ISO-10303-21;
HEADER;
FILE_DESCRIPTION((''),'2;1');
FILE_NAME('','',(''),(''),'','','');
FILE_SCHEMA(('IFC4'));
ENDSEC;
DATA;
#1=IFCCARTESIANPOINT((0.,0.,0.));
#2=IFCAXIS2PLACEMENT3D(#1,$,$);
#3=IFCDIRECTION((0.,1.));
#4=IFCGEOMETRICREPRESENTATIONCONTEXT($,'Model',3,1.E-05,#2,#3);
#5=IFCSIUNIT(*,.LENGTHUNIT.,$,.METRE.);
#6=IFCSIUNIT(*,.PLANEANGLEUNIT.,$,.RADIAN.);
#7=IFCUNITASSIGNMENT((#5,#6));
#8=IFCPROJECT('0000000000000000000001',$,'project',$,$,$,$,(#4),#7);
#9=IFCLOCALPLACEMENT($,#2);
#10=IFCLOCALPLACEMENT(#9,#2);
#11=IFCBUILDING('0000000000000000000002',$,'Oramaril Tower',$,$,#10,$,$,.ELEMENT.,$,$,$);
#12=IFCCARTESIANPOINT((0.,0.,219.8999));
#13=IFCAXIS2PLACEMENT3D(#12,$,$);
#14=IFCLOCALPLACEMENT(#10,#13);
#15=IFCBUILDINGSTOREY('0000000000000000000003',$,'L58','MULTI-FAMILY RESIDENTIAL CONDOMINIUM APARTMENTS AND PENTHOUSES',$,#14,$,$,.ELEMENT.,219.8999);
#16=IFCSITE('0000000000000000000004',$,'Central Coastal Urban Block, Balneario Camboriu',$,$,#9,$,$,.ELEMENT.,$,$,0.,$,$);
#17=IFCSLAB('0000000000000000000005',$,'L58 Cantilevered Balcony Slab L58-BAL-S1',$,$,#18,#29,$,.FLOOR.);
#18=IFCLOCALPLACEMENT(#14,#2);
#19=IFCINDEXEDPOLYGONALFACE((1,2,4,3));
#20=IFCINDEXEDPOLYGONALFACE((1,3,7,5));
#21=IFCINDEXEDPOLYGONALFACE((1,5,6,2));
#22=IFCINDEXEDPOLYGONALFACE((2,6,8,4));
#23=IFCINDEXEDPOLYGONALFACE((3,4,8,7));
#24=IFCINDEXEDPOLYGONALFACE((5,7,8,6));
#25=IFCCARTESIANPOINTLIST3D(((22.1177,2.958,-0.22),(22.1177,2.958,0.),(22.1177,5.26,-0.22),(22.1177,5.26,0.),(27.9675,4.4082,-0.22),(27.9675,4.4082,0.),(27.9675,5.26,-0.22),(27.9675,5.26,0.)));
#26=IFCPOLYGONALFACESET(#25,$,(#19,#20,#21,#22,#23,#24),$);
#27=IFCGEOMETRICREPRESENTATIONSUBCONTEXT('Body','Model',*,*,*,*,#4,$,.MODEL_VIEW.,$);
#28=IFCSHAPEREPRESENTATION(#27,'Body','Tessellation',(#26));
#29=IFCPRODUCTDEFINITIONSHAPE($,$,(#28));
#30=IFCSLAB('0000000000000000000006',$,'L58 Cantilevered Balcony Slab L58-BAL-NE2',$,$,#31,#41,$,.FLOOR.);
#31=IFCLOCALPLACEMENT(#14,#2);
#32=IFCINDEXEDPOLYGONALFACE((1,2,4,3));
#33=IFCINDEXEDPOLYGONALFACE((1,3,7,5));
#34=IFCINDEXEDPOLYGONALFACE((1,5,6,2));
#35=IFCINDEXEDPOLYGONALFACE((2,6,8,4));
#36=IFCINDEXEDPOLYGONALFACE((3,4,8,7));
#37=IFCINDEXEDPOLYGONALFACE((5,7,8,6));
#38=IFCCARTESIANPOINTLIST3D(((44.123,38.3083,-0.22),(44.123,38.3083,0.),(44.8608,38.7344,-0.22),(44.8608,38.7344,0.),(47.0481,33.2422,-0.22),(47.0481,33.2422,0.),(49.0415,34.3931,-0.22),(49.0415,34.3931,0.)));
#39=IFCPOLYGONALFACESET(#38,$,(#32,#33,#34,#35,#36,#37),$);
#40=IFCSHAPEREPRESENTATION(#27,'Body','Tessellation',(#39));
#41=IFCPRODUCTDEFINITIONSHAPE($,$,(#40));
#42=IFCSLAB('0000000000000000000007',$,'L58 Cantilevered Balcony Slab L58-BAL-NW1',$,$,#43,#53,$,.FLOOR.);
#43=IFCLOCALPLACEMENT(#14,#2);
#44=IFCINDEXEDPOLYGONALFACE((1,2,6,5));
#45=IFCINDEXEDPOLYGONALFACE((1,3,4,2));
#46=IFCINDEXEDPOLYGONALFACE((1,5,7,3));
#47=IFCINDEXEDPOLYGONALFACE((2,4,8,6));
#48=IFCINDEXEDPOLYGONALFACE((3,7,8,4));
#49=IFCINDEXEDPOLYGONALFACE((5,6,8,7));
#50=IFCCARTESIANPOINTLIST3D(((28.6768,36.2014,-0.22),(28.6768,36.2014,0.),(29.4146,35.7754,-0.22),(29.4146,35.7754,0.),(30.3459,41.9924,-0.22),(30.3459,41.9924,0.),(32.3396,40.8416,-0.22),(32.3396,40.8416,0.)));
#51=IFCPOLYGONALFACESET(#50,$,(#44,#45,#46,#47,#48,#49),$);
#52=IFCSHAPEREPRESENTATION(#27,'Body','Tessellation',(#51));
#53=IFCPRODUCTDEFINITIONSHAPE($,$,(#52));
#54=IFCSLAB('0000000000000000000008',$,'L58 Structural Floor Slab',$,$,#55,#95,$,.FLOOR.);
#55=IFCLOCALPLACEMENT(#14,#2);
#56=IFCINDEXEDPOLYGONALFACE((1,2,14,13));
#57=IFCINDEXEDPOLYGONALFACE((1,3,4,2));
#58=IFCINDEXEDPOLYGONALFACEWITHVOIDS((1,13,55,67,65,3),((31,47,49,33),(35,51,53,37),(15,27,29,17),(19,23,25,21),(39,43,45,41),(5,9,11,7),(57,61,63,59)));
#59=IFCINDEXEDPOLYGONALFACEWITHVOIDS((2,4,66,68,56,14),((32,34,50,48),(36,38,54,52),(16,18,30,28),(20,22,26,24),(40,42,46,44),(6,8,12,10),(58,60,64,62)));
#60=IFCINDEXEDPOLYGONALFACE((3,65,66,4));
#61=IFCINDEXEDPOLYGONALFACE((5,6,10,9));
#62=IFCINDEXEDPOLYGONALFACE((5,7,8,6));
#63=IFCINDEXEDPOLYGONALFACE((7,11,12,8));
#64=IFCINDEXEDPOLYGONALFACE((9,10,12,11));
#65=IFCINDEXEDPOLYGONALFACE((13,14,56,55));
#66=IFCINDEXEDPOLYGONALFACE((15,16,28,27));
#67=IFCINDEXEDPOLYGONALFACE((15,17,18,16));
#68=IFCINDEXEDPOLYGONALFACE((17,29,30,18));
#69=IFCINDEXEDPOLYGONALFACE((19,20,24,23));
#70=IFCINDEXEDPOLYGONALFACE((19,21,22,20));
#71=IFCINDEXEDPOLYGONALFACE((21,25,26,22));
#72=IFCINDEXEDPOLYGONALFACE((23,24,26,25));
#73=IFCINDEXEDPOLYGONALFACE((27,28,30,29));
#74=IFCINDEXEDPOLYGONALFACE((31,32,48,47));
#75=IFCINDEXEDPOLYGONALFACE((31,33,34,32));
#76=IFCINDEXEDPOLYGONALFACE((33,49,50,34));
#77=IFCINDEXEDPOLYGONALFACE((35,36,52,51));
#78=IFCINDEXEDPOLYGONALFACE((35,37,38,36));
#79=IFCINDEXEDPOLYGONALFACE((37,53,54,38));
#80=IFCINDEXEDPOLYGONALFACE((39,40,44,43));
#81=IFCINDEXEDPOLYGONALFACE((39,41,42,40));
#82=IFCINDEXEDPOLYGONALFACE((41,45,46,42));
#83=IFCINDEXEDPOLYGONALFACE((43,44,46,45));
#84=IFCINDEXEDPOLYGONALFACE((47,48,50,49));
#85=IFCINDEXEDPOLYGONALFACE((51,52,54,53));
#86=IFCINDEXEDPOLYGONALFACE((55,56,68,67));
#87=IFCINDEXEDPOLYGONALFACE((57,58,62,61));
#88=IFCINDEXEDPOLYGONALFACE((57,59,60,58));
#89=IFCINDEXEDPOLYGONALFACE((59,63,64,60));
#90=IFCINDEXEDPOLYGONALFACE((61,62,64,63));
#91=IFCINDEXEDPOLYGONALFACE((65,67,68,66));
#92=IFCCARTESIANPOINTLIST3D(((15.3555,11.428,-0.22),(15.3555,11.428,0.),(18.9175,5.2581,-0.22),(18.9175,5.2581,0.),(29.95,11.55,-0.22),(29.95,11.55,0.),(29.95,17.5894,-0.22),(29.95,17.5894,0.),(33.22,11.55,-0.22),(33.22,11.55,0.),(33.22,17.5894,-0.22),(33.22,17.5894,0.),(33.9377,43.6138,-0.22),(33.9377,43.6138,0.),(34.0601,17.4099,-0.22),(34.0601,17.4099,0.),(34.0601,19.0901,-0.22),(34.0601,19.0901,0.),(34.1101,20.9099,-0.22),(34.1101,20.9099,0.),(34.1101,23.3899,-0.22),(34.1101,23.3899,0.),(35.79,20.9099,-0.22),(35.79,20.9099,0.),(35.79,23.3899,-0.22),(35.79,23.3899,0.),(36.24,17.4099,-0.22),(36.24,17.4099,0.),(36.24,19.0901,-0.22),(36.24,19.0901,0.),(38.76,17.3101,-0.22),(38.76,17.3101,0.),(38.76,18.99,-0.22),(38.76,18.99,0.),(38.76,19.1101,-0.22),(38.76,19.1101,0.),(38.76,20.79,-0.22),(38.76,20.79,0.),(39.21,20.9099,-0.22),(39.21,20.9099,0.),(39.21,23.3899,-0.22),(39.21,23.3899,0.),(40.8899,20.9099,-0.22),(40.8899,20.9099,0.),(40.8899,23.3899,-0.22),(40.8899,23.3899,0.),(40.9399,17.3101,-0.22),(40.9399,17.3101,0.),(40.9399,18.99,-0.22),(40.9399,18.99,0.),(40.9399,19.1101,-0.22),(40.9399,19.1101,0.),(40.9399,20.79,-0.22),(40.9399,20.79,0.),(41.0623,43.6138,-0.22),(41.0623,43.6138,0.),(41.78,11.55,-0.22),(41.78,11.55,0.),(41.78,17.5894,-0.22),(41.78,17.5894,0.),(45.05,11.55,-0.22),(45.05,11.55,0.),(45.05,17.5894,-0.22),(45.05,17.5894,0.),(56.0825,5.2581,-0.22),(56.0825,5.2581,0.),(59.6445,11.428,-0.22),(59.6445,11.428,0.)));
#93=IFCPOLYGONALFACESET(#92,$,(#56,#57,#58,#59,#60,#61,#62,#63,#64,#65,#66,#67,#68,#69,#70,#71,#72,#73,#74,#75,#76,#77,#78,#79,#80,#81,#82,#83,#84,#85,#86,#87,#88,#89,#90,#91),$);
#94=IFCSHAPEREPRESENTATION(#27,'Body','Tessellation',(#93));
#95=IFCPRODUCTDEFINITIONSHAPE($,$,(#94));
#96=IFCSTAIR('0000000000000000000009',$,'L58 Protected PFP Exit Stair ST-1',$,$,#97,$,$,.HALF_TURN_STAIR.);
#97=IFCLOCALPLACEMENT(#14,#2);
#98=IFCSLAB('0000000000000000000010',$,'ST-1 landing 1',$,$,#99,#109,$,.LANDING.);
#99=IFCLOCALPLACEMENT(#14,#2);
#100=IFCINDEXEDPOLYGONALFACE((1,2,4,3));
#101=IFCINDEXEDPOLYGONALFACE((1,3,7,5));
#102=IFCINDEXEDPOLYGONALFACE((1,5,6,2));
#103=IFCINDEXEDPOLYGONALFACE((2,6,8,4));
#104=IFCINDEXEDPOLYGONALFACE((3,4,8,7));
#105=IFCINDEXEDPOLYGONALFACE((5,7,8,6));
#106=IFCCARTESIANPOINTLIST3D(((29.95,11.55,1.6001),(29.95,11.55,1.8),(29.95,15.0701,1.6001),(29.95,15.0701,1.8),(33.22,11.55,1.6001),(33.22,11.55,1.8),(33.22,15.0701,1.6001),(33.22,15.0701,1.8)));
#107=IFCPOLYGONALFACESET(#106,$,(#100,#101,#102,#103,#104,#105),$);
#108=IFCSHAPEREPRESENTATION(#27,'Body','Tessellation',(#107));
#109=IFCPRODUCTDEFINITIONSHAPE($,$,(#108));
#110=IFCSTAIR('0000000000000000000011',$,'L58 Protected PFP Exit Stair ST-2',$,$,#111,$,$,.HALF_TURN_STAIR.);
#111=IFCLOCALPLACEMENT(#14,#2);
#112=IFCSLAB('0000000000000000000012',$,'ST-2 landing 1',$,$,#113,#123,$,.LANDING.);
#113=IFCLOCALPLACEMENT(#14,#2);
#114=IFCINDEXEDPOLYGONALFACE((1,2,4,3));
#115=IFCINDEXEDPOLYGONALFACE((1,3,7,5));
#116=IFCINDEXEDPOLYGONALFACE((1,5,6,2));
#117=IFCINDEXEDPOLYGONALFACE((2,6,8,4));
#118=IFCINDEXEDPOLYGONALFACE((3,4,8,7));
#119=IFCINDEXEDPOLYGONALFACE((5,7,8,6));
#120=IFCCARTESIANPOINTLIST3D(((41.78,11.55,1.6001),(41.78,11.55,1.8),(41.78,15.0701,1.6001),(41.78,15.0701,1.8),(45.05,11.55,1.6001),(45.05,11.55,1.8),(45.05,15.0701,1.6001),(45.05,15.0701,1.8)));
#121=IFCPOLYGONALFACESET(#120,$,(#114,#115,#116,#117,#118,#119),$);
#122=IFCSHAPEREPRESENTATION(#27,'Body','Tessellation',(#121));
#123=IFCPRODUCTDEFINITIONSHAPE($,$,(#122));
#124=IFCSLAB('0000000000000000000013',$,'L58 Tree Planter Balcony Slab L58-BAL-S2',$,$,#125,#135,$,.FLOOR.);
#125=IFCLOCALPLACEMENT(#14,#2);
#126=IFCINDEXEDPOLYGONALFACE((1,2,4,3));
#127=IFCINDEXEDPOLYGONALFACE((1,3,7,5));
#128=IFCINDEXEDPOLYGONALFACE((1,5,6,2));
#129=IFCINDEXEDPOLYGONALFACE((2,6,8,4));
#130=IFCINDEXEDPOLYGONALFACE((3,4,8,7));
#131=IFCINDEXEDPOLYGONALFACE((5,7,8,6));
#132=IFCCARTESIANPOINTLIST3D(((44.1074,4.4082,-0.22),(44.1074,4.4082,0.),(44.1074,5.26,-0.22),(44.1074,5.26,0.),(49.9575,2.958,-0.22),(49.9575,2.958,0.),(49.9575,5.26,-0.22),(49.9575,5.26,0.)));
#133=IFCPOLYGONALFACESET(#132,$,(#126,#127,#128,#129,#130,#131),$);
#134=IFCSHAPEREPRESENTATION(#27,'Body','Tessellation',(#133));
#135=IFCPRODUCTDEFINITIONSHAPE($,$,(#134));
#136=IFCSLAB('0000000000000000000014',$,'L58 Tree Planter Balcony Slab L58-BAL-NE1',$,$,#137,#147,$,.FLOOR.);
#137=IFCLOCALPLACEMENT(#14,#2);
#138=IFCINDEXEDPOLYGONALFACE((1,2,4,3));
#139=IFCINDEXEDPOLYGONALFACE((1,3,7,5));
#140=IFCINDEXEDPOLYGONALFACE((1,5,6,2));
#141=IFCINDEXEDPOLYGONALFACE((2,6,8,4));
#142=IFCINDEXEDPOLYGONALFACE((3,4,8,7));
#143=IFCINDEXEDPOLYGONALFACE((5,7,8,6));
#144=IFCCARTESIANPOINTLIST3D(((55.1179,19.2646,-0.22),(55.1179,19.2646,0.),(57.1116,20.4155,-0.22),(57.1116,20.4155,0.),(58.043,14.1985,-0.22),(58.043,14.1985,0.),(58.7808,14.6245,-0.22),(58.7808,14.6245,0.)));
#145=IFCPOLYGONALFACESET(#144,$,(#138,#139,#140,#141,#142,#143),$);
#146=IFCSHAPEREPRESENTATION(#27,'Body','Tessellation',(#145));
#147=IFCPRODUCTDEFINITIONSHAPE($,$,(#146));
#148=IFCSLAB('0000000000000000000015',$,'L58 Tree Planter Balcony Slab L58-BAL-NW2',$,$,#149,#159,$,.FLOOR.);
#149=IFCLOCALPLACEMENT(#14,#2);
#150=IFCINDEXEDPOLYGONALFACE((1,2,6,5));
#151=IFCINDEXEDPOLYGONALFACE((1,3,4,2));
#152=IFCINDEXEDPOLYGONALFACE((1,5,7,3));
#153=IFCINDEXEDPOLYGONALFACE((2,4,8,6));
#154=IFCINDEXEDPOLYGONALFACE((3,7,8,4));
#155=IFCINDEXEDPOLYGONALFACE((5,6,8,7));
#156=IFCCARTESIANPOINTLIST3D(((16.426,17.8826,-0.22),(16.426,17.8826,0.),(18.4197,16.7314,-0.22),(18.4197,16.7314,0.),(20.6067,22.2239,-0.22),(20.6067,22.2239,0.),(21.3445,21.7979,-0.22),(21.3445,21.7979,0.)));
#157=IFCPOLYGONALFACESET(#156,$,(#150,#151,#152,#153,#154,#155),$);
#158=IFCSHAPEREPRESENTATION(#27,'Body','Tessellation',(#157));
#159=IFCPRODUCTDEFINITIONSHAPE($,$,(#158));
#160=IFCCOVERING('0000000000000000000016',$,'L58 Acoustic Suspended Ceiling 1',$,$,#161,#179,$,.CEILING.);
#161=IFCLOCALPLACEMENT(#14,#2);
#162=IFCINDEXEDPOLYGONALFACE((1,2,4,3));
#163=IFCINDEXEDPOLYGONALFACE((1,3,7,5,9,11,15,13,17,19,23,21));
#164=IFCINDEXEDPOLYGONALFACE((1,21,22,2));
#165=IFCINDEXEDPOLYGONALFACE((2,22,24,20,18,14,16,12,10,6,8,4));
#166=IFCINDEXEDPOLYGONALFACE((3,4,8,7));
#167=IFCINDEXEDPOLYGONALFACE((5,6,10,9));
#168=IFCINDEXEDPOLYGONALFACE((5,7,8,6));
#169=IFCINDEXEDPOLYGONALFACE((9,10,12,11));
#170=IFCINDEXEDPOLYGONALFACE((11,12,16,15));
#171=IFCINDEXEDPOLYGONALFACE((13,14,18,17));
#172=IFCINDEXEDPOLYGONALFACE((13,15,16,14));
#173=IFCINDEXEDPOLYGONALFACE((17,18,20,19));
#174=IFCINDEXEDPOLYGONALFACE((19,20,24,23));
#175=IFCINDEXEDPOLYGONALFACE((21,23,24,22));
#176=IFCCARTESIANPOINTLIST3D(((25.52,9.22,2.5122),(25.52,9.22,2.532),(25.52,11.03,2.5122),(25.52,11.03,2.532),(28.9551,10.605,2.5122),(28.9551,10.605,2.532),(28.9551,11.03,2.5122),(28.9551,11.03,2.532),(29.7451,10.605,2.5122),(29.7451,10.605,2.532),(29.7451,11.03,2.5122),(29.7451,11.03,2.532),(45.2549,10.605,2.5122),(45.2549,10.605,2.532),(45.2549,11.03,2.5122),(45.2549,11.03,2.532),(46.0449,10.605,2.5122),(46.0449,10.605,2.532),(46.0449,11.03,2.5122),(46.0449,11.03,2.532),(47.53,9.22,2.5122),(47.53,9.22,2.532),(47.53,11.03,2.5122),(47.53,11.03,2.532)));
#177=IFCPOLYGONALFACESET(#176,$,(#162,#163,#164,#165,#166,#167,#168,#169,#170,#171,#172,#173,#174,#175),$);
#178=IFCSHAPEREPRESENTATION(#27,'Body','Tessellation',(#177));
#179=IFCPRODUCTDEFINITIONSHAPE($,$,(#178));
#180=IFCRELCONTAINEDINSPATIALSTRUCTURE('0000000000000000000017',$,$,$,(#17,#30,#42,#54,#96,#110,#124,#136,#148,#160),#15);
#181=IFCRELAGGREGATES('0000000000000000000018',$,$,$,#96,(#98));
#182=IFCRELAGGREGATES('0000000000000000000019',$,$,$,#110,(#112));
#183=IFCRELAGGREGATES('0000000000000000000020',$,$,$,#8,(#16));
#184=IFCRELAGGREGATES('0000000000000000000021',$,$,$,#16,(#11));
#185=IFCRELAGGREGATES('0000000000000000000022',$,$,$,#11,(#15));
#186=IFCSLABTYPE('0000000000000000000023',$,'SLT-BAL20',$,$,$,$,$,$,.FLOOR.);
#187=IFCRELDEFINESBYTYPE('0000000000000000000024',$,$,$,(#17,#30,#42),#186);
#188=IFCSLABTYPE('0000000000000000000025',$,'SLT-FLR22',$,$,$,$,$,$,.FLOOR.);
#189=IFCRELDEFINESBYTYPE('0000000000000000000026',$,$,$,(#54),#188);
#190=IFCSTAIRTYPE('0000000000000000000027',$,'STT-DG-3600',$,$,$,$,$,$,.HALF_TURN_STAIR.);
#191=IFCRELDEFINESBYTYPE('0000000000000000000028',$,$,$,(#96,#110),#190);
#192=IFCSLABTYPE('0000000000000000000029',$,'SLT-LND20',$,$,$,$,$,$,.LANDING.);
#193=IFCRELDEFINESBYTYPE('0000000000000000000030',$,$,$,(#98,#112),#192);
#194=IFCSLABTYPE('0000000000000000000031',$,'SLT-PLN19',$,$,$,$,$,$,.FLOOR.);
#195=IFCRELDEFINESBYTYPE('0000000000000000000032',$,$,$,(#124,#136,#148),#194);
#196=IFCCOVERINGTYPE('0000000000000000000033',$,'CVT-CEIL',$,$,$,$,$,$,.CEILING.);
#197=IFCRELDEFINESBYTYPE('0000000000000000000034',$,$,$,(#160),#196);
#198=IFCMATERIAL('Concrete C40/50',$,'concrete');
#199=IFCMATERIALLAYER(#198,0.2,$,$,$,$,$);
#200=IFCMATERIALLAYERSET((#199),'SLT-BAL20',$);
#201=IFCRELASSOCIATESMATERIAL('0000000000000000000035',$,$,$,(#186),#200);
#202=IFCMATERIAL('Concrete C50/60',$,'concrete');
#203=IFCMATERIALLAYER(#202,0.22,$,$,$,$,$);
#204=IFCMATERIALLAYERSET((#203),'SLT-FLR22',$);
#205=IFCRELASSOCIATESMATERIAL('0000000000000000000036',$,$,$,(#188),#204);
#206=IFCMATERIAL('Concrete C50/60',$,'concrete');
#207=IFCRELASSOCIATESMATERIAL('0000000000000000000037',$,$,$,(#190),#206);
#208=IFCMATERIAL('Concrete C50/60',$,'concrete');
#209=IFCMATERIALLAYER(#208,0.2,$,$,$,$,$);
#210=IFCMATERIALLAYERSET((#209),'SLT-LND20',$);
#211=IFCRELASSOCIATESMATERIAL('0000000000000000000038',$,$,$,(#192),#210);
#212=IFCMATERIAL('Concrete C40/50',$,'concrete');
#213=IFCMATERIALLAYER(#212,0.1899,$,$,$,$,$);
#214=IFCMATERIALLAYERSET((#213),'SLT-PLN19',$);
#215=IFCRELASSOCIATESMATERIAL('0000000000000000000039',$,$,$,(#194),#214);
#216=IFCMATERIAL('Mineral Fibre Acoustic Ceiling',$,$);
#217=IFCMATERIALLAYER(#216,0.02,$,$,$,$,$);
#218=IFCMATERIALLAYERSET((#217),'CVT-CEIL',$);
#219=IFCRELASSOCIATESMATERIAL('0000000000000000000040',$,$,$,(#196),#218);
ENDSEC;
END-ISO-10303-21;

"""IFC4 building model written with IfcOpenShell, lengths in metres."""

from ifc_helpers import new_model, si_unit, direction, frame, origin, place, context, subcontext, project, spatial, polyline, outline, extrude, material, layer, layer_set, type_object, element, aggregate, save


model = new_model("IFC4")

# Units and contexts
model_context = context("Model", 3, precision=1e-05, world=origin(), true_north=direction((0.0, 1.0)))
body_context = subcontext(model_context, "Body", "Model", "MODEL_VIEW")
ifc_project = project(units=[si_unit("LENGTHUNIT", "METRE"), si_unit("PLANEANGLEUNIT", "RADIAN")], contexts=[model_context])

# Site, building, storey
site_placement = place(None, origin())
site = spatial("IfcSite", under=ifc_project, at=site_placement, Name="Central Coastal Urban Block, Balneario Camboriu", CompositionType="ELEMENT", RefElevation=0.0)
building_placement = place(site_placement, origin())
building = spatial("IfcBuilding", under=site, at=building_placement, Name="Oramaril Tower", CompositionType="ELEMENT")
storey_placement = place(building_placement, frame((0.0, 0.0, 219.8999)))
storey = spatial("IfcBuildingStorey", under=building, at=storey_placement, Name="L58", Description="MULTI-FAMILY RESIDENTIAL CONDOMINIUM APARTMENTS AND PENTHOUSES", CompositionType="ELEMENT", Elevation=219.8999)

# Slabs
ifc_material_1 = material(Name="Concrete C40/50", Category="concrete")
ifc_layer_1 = layer(ifc_material_1, 0.2)
ifc_layer_set_1 = layer_set([ifc_layer_1], Name="SLT-BAL20")
slab_type_1 = type_object("IfcSlabType", Name="SLT-BAL20", PredefinedType="FLOOR", material=ifc_layer_set_1)
slab_1_placement = place(storey_placement, frame((0.0, 0.0, -0.22)))
element("IfcSlab", 1, at=slab_1_placement, inside=storey, type_object=slab_type_1, Name="L58 Cantilevered Balcony Slab L58-BAL-S1", PredefinedType="FLOOR", context=body_context, shape_type="SweptSolid", body=[
    extrude(outline(polyline([(22.1177, 5.26), (27.9675, 5.26), (27.9675, 4.4082), (22.1177, 2.958), (22.1177, 5.26)])), origin(), (0.0, 0.0, 1.0), 0.22),
])
slab_2_placement = place(storey_placement, frame((0.0, 0.0, -0.22)))
element("IfcSlab", 2, at=slab_2_placement, inside=storey, type_object=slab_type_1, Name="L58 Cantilevered Balcony Slab L58-BAL-NE2", PredefinedType="FLOOR", context=body_context, shape_type="SweptSolid", body=[
    extrude(outline(polyline([(47.0481, 33.2422), (44.123, 38.3083), (44.8608, 38.7344), (49.0415, 34.3931), (47.0481, 33.2422)])), origin(), (0.0, 0.0, 1.0), 0.22),
])
slab_3_placement = place(storey_placement, frame((0.0, 0.0, -0.22)))
element("IfcSlab", 3, at=slab_3_placement, inside=storey, type_object=slab_type_1, Name="L58 Cantilevered Balcony Slab L58-BAL-NW1", PredefinedType="FLOOR", context=body_context, shape_type="SweptSolid", body=[
    extrude(outline(polyline([(32.3396, 40.8416), (29.4146, 35.7754), (28.6768, 36.2014), (30.3459, 41.9924), (32.3396, 40.8416)])), origin(), (0.0, 0.0, 1.0), 0.22),
])
ifc_material_2 = material(Name="Concrete C50/60", Category="concrete")
ifc_layer_2 = layer(ifc_material_2, 0.22)
ifc_layer_set_2 = layer_set([ifc_layer_2], Name="SLT-FLR22")
slab_type_2 = type_object("IfcSlabType", Name="SLT-FLR22", PredefinedType="FLOOR", material=ifc_layer_set_2)
slab_4_placement = place(storey_placement, frame((0.0, 0.0, -0.22)))
element("IfcSlab", 4, at=slab_4_placement, inside=storey, type_object=slab_type_2, Name="L58 Structural Floor Slab", PredefinedType="FLOOR", context=body_context, shape_type="SweptSolid", body=[
    extrude(outline(polyline([(15.3555, 11.428), (18.9175, 5.2581), (56.0825, 5.2581), (59.6445, 11.428), (41.0623, 43.6138), (33.9377, 43.6138), (15.3555, 11.428)]), holes=[polyline([(29.95, 17.5894), (29.95, 11.55), (33.22, 11.55), (33.22, 17.5894), (29.95, 17.5894)]), polyline([(41.78, 17.5894), (41.78, 11.55), (45.05, 11.55), (45.05, 17.5894), (41.78, 17.5894)]), polyline([(34.1101, 20.9099), (35.79, 20.9099), (35.79, 23.3899), (34.1101, 23.3899), (34.1101, 20.9099)]), polyline([(39.21, 20.9099), (40.8899, 20.9099), (40.8899, 23.3899), (39.21, 23.3899), (39.21, 20.9099)]), polyline([(34.0601, 17.4099), (36.24, 17.4099), (36.24, 19.0901), (34.0601, 19.0901), (34.0601, 17.4099)]), polyline([(38.76, 17.3101), (40.9399, 17.3101), (40.9399, 18.99), (38.76, 18.99), (38.76, 17.3101)]), polyline([(38.76, 19.1101), (40.9399, 19.1101), (40.9399, 20.79), (38.76, 20.79), (38.76, 19.1101)])]), origin(), (0.0, 0.0, 1.0), 0.22),
])

# Stairs, slabs
ifc_material_3 = material(Name="Concrete C50/60", Category="concrete")
stair_type = type_object("IfcStairType", Name="STT-DG-3600", PredefinedType="HALF_TURN_STAIR", material=ifc_material_3)
stair_1_placement = place(storey_placement, origin())
stair_1 = element("IfcStair", 5, at=stair_1_placement, inside=storey, type_object=stair_type, Name="L58 Protected PFP Exit Stair ST-1", PredefinedType="HALF_TURN_STAIR")
ifc_material_4 = material(Name="Concrete C50/60", Category="concrete")
ifc_layer_3 = layer(ifc_material_4, 0.2)
ifc_layer_set_3 = layer_set([ifc_layer_3], Name="SLT-LND20")
slab_type_3 = type_object("IfcSlabType", Name="SLT-LND20", PredefinedType="LANDING", material=ifc_layer_set_3)
slab_5_placement = place(storey_placement, frame((0.0, 0.0, 1.6001)))
slab_5 = element("IfcSlab", 6, at=slab_5_placement, type_object=slab_type_3, Name="ST-1 landing 1", PredefinedType="LANDING", context=body_context, shape_type="SweptSolid", body=[
    extrude(outline(polyline([(29.95, 15.0701), (29.95, 11.55), (33.22, 11.55), (33.22, 15.0701), (29.95, 15.0701)])), origin(), (0.0, 0.0, 1.0), 0.2),
])
aggregate(stair_1, [slab_5])
stair_2_placement = place(storey_placement, origin())
stair_2 = element("IfcStair", 7, at=stair_2_placement, inside=storey, type_object=stair_type, Name="L58 Protected PFP Exit Stair ST-2", PredefinedType="HALF_TURN_STAIR")
slab_6_placement = place(storey_placement, frame((0.0, 0.0, 1.6001)))
slab_6 = element("IfcSlab", 8, at=slab_6_placement, type_object=slab_type_3, Name="ST-2 landing 1", PredefinedType="LANDING", context=body_context, shape_type="SweptSolid", body=[
    extrude(outline(polyline([(41.78, 15.0701), (41.78, 11.55), (45.05, 11.55), (45.05, 15.0701), (41.78, 15.0701)])), origin(), (0.0, 0.0, 1.0), 0.2),
])
aggregate(stair_2, [slab_6])

# Slabs
ifc_material_5 = material(Name="Concrete C40/50", Category="concrete")
ifc_layer_4 = layer(ifc_material_5, 0.1899)
ifc_layer_set_4 = layer_set([ifc_layer_4], Name="SLT-PLN19")
slab_type_4 = type_object("IfcSlabType", Name="SLT-PLN19", PredefinedType="FLOOR", material=ifc_layer_set_4)
slab_7_placement = place(storey_placement, frame((0.0, 0.0, -0.22)))
element("IfcSlab", 9, at=slab_7_placement, inside=storey, type_object=slab_type_4, Name="L58 Tree Planter Balcony Slab L58-BAL-S2", PredefinedType="FLOOR", context=body_context, shape_type="SweptSolid", body=[
    extrude(outline(polyline([(44.1074, 5.26), (49.9575, 5.26), (49.9575, 2.958), (44.1074, 4.4082), (44.1074, 5.26)])), origin(), (0.0, 0.0, 1.0), 0.22),
])
slab_8_placement = place(storey_placement, frame((0.0, 0.0, -0.22)))
element("IfcSlab", 10, at=slab_8_placement, inside=storey, type_object=slab_type_4, Name="L58 Tree Planter Balcony Slab L58-BAL-NE1", PredefinedType="FLOOR", context=body_context, shape_type="SweptSolid", body=[
    extrude(outline(polyline([(58.043, 14.1985), (55.1179, 19.2646), (57.1116, 20.4155), (58.7808, 14.6245), (58.043, 14.1985)])), origin(), (0.0, 0.0, 1.0), 0.22),
])
slab_9_placement = place(storey_placement, frame((0.0, 0.0, -0.22)))
element("IfcSlab", 11, at=slab_9_placement, inside=storey, type_object=slab_type_4, Name="L58 Tree Planter Balcony Slab L58-BAL-NW2", PredefinedType="FLOOR", context=body_context, shape_type="SweptSolid", body=[
    extrude(outline(polyline([(21.3445, 21.7979), (18.4197, 16.7314), (16.426, 17.8826), (20.6067, 22.2239), (21.3445, 21.7979)])), origin(), (0.0, 0.0, 1.0), 0.22),
])

# Covering
ifc_material_6 = material(Name="Mineral Fibre Acoustic Ceiling")
ifc_layer_5 = layer(ifc_material_6, 0.02)
ifc_layer_set_5 = layer_set([ifc_layer_5], Name="CVT-CEIL")
covering_type_1 = type_object("IfcCoveringType", Name="CVT-CEIL", PredefinedType="CEILING", material=ifc_layer_set_5)
covering_1_placement = place(storey_placement, frame((0.0, 0.0, 2.5122)))
element("IfcCovering", 12, at=covering_1_placement, inside=storey, type_object=covering_type_1, Name="L58 Acoustic Suspended Ceiling 1", PredefinedType="CEILING", context=body_context, shape_type="SweptSolid", body=[
    extrude(outline(polyline([(28.9551, 10.605), (29.7451, 10.605), (29.7451, 11.03), (45.2549, 11.03), (45.2549, 10.605), (46.0449, 10.605), (46.0449, 11.03), (47.53, 11.03), (47.53, 9.22), (25.52, 9.22), (25.52, 11.03), (28.9551, 11.03), (28.9551, 10.605)])), origin(), (0.0, 0.0, 1.0), 0.0198),
])

save(model, "model.ifc")
